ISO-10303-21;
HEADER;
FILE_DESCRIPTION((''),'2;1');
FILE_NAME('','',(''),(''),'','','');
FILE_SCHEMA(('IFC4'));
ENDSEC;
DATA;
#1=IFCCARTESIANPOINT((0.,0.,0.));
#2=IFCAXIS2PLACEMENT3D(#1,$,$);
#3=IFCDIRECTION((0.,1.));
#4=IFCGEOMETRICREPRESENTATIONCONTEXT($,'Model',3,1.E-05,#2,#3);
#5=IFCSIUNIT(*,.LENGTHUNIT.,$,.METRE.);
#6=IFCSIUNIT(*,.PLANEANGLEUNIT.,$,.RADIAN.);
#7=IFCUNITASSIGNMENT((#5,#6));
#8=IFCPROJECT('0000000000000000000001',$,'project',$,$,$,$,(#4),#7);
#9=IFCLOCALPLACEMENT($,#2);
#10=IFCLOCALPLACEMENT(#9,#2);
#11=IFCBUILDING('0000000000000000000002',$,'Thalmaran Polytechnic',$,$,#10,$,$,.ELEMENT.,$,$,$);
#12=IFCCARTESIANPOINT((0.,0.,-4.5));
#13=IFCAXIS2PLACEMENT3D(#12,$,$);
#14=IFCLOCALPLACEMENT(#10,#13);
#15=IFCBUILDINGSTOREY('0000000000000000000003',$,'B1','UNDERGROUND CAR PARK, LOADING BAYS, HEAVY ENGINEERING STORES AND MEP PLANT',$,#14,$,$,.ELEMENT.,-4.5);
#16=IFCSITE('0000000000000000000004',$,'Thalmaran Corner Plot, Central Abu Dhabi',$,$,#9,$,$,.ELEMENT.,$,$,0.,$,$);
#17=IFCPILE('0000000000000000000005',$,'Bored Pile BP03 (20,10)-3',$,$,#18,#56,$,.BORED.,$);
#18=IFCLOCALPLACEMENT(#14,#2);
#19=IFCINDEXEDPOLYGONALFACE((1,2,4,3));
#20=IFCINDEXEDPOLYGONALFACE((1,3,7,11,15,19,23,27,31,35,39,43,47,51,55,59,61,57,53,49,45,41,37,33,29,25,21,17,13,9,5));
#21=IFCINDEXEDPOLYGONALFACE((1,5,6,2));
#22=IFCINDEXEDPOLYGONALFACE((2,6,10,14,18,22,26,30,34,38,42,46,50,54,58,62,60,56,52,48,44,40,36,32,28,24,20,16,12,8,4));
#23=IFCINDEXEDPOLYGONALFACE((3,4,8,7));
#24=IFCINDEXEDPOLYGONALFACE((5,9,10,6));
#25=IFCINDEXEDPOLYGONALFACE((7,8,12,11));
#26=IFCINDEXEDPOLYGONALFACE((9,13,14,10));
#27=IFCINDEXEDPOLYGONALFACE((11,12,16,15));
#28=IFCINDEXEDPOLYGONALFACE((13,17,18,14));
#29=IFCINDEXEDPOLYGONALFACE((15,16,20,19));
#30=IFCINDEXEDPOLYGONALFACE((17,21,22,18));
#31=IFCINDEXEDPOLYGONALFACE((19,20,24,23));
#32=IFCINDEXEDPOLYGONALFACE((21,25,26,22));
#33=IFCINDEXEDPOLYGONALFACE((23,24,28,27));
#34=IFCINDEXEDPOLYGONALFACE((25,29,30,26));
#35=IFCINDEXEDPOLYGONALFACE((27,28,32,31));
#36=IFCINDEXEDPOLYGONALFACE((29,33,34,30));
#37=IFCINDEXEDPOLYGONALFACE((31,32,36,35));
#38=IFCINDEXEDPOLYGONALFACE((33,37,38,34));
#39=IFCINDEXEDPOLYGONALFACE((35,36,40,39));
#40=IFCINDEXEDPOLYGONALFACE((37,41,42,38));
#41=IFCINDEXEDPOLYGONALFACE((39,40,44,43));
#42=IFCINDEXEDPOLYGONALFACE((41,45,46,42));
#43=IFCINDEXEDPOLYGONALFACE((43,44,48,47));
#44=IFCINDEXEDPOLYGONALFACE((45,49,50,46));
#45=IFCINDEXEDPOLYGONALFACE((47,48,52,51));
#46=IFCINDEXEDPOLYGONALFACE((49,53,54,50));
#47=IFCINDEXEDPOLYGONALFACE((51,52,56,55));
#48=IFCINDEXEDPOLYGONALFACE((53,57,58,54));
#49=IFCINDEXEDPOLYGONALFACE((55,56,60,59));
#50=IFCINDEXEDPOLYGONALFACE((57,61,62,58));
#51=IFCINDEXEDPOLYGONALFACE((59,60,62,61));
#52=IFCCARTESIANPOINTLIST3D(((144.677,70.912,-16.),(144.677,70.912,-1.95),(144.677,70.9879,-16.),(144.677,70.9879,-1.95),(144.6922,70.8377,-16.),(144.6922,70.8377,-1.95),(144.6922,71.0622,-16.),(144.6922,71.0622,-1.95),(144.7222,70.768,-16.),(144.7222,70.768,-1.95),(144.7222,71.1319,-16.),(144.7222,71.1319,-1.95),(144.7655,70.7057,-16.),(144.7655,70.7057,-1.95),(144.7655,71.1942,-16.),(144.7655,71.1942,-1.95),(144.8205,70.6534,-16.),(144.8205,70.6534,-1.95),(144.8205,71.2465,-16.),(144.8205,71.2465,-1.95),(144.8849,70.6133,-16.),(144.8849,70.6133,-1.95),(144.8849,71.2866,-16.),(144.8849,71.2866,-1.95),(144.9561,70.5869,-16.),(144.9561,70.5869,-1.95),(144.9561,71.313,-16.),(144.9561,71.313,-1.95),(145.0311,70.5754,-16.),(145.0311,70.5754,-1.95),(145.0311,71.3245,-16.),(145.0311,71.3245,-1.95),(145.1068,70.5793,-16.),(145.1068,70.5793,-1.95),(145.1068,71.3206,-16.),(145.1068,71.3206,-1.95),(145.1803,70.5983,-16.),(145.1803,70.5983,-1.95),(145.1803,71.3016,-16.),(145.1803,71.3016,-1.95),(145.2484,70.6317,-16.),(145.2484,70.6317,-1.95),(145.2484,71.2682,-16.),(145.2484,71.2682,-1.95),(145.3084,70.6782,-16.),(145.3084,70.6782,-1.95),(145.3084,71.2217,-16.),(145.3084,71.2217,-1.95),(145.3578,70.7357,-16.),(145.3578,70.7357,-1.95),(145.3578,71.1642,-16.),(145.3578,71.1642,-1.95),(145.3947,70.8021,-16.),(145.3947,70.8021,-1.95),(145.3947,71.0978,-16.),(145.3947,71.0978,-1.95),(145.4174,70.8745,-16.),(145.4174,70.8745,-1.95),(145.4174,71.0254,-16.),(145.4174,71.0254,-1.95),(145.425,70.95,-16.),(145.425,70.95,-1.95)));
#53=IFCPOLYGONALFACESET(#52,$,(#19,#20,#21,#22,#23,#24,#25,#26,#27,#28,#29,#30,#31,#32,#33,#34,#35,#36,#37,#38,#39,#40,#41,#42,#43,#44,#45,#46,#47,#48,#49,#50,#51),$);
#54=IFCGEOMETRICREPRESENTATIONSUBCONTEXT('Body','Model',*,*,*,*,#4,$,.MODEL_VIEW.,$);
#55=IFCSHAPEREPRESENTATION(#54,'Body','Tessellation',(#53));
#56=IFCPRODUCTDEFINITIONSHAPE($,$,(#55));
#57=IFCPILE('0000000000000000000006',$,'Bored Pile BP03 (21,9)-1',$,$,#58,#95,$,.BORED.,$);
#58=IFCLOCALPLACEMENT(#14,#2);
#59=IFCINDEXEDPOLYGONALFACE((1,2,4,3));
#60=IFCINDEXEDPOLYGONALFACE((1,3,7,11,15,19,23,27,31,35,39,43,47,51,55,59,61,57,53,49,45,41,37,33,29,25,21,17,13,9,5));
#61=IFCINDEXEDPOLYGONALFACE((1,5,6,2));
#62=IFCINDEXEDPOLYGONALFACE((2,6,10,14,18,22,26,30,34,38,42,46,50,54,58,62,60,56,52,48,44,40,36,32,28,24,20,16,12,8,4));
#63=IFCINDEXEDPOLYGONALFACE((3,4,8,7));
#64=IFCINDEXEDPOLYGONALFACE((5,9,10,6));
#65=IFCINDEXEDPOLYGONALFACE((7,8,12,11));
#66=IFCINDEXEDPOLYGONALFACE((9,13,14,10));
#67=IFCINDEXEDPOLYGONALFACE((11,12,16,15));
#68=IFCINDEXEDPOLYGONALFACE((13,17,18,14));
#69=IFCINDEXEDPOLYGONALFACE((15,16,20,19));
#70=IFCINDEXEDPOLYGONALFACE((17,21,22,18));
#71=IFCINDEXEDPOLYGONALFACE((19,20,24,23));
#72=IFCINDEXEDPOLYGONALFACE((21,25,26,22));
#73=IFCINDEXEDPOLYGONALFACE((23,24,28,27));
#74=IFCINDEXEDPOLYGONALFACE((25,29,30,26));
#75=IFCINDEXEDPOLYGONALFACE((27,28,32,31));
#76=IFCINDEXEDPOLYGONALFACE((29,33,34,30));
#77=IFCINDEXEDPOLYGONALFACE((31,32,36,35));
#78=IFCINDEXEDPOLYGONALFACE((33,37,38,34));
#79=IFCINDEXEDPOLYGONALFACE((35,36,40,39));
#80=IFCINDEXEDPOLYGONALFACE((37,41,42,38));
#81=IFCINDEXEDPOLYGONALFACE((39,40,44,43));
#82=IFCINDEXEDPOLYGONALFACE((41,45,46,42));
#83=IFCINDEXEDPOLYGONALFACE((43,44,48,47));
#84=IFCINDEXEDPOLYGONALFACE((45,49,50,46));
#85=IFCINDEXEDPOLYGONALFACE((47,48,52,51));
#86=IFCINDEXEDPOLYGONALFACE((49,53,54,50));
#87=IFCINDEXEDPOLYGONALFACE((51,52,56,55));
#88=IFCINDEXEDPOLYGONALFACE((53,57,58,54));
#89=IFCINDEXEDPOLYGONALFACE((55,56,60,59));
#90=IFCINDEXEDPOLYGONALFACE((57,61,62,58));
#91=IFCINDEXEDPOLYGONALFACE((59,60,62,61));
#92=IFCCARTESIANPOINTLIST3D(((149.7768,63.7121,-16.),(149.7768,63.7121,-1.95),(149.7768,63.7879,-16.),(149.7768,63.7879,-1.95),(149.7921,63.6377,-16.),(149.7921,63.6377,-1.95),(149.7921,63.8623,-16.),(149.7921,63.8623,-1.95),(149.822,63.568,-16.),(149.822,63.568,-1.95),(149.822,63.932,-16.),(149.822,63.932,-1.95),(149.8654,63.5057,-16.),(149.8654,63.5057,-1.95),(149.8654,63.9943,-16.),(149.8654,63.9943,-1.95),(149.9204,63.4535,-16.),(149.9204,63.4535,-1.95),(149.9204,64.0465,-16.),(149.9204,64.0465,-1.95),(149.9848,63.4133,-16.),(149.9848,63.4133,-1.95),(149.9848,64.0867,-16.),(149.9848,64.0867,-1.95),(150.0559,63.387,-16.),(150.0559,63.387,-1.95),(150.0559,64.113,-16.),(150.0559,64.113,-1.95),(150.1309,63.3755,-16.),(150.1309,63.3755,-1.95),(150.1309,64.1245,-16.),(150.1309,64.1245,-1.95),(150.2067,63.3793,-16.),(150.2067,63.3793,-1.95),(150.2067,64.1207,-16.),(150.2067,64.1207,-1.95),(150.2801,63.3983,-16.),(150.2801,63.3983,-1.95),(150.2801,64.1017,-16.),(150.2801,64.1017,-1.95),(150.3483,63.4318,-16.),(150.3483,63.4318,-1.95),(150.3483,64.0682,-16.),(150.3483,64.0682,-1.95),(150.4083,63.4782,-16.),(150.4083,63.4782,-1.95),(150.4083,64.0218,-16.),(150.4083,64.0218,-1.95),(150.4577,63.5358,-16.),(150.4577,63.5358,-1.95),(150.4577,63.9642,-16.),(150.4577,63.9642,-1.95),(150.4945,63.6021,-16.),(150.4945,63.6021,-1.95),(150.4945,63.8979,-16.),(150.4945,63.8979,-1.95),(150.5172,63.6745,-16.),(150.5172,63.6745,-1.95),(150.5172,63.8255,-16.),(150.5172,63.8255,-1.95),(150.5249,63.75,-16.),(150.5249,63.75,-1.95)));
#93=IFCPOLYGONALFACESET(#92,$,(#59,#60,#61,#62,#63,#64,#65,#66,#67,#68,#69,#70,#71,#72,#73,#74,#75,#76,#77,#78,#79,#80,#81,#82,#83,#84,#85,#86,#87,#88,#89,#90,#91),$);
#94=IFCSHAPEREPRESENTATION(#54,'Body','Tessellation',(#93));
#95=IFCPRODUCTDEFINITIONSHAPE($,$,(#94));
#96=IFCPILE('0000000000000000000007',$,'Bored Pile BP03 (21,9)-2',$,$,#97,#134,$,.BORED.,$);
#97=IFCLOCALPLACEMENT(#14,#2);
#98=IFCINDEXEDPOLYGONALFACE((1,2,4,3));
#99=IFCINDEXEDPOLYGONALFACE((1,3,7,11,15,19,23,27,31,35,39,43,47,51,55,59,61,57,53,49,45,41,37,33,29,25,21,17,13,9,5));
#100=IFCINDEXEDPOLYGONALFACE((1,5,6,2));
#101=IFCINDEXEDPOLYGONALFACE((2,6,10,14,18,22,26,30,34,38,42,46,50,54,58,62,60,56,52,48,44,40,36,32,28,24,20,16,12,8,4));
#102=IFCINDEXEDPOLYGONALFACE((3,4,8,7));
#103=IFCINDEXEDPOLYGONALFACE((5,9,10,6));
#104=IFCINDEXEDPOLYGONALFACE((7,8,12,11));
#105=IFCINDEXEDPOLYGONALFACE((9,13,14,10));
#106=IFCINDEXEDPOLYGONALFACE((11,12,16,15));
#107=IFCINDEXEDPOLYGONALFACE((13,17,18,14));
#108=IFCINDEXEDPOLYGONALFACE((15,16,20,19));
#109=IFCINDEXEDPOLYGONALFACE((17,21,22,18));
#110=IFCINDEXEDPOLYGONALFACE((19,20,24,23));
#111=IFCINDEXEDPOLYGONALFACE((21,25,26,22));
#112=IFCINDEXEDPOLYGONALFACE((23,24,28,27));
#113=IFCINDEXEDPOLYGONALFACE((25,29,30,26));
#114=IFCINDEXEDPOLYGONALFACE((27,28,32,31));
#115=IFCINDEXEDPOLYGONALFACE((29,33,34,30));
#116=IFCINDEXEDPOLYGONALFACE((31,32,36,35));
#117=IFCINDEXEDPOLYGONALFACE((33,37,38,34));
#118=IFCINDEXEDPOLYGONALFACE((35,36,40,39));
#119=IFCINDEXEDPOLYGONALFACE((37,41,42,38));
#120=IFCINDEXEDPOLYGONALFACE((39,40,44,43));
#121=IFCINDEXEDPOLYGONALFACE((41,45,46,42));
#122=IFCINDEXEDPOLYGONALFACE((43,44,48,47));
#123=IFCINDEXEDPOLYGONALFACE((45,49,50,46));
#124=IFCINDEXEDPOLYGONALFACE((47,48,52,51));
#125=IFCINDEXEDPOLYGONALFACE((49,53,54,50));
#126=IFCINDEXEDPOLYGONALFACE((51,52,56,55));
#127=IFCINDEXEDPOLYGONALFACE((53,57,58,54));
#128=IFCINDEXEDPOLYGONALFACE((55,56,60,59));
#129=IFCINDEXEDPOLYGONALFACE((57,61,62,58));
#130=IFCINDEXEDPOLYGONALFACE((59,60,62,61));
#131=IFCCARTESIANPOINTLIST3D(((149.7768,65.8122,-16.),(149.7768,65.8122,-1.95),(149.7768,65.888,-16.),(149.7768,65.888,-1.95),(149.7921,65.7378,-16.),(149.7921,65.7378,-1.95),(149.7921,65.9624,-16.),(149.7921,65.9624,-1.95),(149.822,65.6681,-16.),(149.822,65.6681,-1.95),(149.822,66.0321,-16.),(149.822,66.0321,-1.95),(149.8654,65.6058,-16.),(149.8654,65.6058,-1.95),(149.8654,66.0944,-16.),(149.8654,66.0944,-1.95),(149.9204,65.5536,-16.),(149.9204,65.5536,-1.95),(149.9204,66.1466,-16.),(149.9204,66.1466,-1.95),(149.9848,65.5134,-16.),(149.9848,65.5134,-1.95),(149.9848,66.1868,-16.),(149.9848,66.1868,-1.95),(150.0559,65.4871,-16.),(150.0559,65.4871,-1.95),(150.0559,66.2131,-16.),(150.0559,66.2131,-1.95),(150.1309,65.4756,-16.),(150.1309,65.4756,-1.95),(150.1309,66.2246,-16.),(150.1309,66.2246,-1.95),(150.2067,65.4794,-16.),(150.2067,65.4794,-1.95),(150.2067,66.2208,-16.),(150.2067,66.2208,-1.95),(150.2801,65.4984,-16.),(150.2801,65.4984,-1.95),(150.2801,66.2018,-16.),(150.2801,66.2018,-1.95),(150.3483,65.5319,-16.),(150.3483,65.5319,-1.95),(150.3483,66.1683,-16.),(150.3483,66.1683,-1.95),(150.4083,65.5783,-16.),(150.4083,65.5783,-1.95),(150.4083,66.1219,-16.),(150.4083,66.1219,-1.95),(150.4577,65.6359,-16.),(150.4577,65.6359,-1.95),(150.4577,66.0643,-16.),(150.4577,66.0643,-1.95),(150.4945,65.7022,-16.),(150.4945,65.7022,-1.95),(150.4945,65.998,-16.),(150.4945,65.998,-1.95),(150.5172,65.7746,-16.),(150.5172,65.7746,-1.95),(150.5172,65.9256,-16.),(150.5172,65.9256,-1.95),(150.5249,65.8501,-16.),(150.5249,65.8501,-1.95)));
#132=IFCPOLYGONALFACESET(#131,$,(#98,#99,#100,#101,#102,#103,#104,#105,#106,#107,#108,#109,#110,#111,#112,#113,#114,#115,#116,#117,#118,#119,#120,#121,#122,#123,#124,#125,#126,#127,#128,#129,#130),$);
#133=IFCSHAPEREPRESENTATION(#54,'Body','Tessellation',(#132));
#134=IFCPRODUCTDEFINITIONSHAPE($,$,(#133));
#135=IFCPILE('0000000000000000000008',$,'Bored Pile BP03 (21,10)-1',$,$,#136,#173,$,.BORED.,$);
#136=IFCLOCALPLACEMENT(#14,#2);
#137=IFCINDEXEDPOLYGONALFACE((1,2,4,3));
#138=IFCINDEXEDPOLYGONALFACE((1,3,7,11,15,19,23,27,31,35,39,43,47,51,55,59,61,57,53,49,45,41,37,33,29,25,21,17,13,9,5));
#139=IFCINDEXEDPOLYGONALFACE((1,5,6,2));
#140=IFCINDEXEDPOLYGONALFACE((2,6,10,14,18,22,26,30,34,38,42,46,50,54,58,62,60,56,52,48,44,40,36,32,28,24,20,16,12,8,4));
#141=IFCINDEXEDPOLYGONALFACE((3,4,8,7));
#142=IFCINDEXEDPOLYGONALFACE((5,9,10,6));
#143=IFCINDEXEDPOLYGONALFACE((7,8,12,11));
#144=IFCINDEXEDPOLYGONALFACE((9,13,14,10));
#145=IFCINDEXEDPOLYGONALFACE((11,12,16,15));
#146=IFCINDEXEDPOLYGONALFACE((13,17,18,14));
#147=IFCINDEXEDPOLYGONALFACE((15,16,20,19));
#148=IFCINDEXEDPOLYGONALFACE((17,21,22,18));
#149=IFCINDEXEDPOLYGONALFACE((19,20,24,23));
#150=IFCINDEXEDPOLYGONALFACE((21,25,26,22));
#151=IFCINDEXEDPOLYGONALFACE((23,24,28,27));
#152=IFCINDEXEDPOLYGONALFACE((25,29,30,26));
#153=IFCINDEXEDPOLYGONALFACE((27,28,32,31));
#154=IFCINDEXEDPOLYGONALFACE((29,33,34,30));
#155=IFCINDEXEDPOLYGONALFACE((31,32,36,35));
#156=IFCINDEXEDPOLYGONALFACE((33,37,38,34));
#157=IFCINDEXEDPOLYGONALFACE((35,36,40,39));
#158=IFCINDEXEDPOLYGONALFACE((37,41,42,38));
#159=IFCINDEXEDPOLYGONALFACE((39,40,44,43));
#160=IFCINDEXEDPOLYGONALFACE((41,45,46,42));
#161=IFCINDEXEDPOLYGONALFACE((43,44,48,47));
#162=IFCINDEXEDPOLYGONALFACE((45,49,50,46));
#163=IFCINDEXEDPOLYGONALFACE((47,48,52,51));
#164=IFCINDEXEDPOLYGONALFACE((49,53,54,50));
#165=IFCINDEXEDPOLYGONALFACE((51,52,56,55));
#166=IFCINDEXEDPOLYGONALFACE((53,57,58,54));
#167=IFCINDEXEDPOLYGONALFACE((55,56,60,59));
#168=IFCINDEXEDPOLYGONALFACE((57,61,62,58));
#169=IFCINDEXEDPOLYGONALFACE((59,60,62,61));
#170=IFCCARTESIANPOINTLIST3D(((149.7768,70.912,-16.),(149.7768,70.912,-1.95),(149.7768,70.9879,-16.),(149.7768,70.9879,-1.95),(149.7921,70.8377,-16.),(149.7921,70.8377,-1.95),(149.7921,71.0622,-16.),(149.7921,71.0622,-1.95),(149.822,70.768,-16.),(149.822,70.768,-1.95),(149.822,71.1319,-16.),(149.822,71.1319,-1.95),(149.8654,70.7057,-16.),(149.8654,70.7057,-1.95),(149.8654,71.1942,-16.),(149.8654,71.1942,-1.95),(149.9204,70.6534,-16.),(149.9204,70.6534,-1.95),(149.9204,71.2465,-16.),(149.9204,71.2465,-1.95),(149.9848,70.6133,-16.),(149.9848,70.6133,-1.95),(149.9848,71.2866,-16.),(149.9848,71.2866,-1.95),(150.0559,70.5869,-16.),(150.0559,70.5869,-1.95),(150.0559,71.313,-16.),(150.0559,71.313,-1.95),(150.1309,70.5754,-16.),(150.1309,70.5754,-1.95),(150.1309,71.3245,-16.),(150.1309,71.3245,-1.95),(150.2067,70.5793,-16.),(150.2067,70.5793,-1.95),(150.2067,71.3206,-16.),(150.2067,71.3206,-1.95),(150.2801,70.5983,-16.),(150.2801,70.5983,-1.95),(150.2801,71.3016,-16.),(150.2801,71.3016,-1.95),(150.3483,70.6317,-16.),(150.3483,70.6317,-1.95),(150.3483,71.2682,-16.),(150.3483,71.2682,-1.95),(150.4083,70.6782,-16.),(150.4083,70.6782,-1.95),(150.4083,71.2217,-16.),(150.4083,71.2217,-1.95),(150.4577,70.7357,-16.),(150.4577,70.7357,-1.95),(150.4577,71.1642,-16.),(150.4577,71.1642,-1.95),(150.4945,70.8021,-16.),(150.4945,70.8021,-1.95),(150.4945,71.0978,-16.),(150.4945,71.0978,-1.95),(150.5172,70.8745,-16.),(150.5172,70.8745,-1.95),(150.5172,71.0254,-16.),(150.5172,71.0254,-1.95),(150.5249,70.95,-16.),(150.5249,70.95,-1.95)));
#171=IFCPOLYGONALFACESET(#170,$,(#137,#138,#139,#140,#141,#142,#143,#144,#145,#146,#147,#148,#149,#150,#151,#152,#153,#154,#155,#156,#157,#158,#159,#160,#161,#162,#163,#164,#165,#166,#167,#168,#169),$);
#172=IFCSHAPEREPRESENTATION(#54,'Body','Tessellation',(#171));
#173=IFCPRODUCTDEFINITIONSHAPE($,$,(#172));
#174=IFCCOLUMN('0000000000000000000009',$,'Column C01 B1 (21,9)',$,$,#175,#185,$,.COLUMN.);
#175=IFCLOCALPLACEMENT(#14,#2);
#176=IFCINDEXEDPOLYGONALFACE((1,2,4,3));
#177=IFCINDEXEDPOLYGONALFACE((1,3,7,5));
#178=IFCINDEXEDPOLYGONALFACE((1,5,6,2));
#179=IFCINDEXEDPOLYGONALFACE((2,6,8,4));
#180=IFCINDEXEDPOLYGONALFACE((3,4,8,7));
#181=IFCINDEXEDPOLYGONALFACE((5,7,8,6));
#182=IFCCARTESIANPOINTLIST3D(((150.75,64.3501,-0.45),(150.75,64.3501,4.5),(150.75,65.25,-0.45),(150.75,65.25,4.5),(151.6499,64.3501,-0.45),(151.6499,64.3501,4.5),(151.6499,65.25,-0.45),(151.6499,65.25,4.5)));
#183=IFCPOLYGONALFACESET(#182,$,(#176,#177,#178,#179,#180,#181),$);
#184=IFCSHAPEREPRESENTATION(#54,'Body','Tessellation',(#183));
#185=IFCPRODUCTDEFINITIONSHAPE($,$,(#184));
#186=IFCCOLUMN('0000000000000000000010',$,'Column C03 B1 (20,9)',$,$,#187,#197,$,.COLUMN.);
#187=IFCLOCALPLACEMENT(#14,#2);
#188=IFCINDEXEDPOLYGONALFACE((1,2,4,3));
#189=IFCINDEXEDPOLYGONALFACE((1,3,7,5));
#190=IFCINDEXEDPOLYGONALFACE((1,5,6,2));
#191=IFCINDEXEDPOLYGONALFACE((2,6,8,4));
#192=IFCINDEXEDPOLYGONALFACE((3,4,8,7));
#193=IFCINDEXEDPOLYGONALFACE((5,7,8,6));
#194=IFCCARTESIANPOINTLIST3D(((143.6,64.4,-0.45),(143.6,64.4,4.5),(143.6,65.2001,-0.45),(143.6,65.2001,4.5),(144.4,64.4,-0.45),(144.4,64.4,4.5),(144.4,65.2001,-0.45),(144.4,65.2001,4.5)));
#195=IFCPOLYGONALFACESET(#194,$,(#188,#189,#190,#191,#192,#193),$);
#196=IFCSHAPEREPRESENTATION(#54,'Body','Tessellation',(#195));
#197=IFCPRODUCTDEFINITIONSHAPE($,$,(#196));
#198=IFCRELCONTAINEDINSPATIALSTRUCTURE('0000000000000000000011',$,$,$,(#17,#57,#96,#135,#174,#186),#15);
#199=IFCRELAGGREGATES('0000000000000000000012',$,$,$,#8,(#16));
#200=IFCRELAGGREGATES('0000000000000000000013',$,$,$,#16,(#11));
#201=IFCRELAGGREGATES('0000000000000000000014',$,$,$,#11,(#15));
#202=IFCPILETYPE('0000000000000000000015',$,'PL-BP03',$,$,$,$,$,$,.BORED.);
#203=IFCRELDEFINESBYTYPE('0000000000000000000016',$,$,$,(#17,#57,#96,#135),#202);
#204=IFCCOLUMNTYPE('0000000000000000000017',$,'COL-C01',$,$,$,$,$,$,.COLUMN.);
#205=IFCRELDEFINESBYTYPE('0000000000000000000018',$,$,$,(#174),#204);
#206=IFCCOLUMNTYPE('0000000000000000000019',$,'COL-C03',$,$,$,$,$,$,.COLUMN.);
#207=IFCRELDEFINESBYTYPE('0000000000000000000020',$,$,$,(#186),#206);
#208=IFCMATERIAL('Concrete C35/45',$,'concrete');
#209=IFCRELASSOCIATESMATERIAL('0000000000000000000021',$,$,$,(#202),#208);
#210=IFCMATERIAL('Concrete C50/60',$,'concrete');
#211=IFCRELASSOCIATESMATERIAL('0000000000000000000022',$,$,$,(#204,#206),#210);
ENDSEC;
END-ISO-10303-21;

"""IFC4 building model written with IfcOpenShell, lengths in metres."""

from ifc_helpers import new_model, si_unit, direction, frame, origin, origin_2d, place, context, subcontext, project, spatial, rectangle, circle, extrude, material, material_profile, profile_set, type_object, element, save


model = new_model("IFC4")

# Units and contexts
model_context = context("Model", 3, precision=1e-05, world=origin(), true_north=direction((0.0, 1.0)))
body_context = subcontext(model_context, "Body", "Model", "MODEL_VIEW")
ifc_project = project(units=[si_unit("LENGTHUNIT", "METRE"), si_unit("PLANEANGLEUNIT", "RADIAN")], contexts=[model_context])

# Site, building, storey
site_placement = place(None, origin())
site = spatial("IfcSite", under=ifc_project, at=site_placement, Name="Thalmaran Corner Plot, Central Abu Dhabi", CompositionType="ELEMENT", RefElevation=0.0)
building_placement = place(site_placement, origin())
building = spatial("IfcBuilding", under=site, at=building_placement, Name="Thalmaran Polytechnic", CompositionType="ELEMENT")
storey_placement = place(building_placement, frame((0.0, 0.0, -4.5)))
storey = spatial("IfcBuildingStorey", under=building, at=storey_placement, Name="B1", Description="UNDERGROUND CAR PARK, LOADING BAYS, HEAVY ENGINEERING STORES AND MEP PLANT", CompositionType="ELEMENT", Elevation=-4.5)

# Piles
ifc_material_1 = material(Name="Concrete C35/45", Category="concrete")
ifc_material_profile_1 = material_profile(ifc_material_1, circle(Radius=0.375, at=origin_2d()), Name="RC 750 DIA")
ifc_profile_set_1 = profile_set([ifc_material_profile_1], Name="Concrete C35/45")
pile_type = type_object("IfcPileType", Name="PL-BP03", PredefinedType="BORED", material=ifc_profile_set_1)
for number, where, z_axis, x_axis, name in (
    (1, (145.05, 70.95, -1.95), (0.0, 0.0, -1.0), (1.0, 0.0, 0.0), "Bored Pile BP03 (20,10)-3"),
    (2, (150.1499, 63.75, -1.95), (0.0, 0.0, -1.0), (1.0, 0.0, 0.0), "Bored Pile BP03 (21,9)-1"),
    (3, (150.1499, 65.8501, -1.95), (0.0, 0.0, -1.0), (1.0, 0.0, 0.0), "Bored Pile BP03 (21,9)-2"),
    (4, (150.1499, 70.95, -1.95), (0.0, 0.0, -1.0), (1.0, 0.0, 0.0), "Bored Pile BP03 (21,10)-1"),
):
    element("IfcPile", number, at=place(storey_placement, frame(where, z_axis=z_axis, x_axis=x_axis)), inside=storey, type_object=pile_type, Name=name, PredefinedType="BORED", context=body_context, shape_type="SweptSolid", body=[
        extrude(circle(Radius=0.375, at=origin_2d()), origin(), (0.0, 0.0, 1.0), 14.05),
    ])

# Columns
ifc_material_2 = material(Name="Concrete C50/60", Category="concrete")
ifc_material_profile_2 = material_profile(ifc_material_2, rectangle(XDim=0.8999, YDim=0.8999, at=origin_2d()), Name="RC 900x900")
ifc_profile_set_2 = profile_set([ifc_material_profile_2], Name="Concrete C50/60")
column_type_1 = type_object("IfcColumnType", Name="COL-C01", PredefinedType="COLUMN", material=ifc_profile_set_2)
column_1_placement = place(storey_placement, frame((151.2, 64.8, -0.45), z_axis=(0.0, 0.0, 1.0), x_axis=(1.0, 0.0, 0.0)))
element("IfcColumn", 5, at=column_1_placement, inside=storey, type_object=column_type_1, Name="Column C01 B1 (21,9)", PredefinedType="COLUMN", context=body_context, shape_type="SweptSolid", body=[
    extrude(rectangle(XDim=0.8999, YDim=0.8999, at=origin_2d()), origin(), (0.0, 0.0, 1.0), 4.95),
])
ifc_material_profile_3 = material_profile(ifc_material_2, rectangle(XDim=0.8, YDim=0.8, at=origin_2d()), Name="RC 800x800")
ifc_profile_set_3 = profile_set([ifc_material_profile_3], Name="Concrete C50/60")
column_type_2 = type_object("IfcColumnType", Name="COL-C03", PredefinedType="COLUMN", material=ifc_profile_set_3)
column_2_placement = place(storey_placement, frame((144.0, 64.8, -0.45), z_axis=(0.0, 0.0, 1.0), x_axis=(1.0, 0.0, 0.0)))
element("IfcColumn", 6, at=column_2_placement, inside=storey, type_object=column_type_2, Name="Column C03 B1 (20,9)", PredefinedType="COLUMN", context=body_context, shape_type="SweptSolid", body=[
    extrude(rectangle(XDim=0.8, YDim=0.8, at=origin_2d()), origin(), (0.0, 0.0, 1.0), 4.95),
])

save(model, "model.ifc")
